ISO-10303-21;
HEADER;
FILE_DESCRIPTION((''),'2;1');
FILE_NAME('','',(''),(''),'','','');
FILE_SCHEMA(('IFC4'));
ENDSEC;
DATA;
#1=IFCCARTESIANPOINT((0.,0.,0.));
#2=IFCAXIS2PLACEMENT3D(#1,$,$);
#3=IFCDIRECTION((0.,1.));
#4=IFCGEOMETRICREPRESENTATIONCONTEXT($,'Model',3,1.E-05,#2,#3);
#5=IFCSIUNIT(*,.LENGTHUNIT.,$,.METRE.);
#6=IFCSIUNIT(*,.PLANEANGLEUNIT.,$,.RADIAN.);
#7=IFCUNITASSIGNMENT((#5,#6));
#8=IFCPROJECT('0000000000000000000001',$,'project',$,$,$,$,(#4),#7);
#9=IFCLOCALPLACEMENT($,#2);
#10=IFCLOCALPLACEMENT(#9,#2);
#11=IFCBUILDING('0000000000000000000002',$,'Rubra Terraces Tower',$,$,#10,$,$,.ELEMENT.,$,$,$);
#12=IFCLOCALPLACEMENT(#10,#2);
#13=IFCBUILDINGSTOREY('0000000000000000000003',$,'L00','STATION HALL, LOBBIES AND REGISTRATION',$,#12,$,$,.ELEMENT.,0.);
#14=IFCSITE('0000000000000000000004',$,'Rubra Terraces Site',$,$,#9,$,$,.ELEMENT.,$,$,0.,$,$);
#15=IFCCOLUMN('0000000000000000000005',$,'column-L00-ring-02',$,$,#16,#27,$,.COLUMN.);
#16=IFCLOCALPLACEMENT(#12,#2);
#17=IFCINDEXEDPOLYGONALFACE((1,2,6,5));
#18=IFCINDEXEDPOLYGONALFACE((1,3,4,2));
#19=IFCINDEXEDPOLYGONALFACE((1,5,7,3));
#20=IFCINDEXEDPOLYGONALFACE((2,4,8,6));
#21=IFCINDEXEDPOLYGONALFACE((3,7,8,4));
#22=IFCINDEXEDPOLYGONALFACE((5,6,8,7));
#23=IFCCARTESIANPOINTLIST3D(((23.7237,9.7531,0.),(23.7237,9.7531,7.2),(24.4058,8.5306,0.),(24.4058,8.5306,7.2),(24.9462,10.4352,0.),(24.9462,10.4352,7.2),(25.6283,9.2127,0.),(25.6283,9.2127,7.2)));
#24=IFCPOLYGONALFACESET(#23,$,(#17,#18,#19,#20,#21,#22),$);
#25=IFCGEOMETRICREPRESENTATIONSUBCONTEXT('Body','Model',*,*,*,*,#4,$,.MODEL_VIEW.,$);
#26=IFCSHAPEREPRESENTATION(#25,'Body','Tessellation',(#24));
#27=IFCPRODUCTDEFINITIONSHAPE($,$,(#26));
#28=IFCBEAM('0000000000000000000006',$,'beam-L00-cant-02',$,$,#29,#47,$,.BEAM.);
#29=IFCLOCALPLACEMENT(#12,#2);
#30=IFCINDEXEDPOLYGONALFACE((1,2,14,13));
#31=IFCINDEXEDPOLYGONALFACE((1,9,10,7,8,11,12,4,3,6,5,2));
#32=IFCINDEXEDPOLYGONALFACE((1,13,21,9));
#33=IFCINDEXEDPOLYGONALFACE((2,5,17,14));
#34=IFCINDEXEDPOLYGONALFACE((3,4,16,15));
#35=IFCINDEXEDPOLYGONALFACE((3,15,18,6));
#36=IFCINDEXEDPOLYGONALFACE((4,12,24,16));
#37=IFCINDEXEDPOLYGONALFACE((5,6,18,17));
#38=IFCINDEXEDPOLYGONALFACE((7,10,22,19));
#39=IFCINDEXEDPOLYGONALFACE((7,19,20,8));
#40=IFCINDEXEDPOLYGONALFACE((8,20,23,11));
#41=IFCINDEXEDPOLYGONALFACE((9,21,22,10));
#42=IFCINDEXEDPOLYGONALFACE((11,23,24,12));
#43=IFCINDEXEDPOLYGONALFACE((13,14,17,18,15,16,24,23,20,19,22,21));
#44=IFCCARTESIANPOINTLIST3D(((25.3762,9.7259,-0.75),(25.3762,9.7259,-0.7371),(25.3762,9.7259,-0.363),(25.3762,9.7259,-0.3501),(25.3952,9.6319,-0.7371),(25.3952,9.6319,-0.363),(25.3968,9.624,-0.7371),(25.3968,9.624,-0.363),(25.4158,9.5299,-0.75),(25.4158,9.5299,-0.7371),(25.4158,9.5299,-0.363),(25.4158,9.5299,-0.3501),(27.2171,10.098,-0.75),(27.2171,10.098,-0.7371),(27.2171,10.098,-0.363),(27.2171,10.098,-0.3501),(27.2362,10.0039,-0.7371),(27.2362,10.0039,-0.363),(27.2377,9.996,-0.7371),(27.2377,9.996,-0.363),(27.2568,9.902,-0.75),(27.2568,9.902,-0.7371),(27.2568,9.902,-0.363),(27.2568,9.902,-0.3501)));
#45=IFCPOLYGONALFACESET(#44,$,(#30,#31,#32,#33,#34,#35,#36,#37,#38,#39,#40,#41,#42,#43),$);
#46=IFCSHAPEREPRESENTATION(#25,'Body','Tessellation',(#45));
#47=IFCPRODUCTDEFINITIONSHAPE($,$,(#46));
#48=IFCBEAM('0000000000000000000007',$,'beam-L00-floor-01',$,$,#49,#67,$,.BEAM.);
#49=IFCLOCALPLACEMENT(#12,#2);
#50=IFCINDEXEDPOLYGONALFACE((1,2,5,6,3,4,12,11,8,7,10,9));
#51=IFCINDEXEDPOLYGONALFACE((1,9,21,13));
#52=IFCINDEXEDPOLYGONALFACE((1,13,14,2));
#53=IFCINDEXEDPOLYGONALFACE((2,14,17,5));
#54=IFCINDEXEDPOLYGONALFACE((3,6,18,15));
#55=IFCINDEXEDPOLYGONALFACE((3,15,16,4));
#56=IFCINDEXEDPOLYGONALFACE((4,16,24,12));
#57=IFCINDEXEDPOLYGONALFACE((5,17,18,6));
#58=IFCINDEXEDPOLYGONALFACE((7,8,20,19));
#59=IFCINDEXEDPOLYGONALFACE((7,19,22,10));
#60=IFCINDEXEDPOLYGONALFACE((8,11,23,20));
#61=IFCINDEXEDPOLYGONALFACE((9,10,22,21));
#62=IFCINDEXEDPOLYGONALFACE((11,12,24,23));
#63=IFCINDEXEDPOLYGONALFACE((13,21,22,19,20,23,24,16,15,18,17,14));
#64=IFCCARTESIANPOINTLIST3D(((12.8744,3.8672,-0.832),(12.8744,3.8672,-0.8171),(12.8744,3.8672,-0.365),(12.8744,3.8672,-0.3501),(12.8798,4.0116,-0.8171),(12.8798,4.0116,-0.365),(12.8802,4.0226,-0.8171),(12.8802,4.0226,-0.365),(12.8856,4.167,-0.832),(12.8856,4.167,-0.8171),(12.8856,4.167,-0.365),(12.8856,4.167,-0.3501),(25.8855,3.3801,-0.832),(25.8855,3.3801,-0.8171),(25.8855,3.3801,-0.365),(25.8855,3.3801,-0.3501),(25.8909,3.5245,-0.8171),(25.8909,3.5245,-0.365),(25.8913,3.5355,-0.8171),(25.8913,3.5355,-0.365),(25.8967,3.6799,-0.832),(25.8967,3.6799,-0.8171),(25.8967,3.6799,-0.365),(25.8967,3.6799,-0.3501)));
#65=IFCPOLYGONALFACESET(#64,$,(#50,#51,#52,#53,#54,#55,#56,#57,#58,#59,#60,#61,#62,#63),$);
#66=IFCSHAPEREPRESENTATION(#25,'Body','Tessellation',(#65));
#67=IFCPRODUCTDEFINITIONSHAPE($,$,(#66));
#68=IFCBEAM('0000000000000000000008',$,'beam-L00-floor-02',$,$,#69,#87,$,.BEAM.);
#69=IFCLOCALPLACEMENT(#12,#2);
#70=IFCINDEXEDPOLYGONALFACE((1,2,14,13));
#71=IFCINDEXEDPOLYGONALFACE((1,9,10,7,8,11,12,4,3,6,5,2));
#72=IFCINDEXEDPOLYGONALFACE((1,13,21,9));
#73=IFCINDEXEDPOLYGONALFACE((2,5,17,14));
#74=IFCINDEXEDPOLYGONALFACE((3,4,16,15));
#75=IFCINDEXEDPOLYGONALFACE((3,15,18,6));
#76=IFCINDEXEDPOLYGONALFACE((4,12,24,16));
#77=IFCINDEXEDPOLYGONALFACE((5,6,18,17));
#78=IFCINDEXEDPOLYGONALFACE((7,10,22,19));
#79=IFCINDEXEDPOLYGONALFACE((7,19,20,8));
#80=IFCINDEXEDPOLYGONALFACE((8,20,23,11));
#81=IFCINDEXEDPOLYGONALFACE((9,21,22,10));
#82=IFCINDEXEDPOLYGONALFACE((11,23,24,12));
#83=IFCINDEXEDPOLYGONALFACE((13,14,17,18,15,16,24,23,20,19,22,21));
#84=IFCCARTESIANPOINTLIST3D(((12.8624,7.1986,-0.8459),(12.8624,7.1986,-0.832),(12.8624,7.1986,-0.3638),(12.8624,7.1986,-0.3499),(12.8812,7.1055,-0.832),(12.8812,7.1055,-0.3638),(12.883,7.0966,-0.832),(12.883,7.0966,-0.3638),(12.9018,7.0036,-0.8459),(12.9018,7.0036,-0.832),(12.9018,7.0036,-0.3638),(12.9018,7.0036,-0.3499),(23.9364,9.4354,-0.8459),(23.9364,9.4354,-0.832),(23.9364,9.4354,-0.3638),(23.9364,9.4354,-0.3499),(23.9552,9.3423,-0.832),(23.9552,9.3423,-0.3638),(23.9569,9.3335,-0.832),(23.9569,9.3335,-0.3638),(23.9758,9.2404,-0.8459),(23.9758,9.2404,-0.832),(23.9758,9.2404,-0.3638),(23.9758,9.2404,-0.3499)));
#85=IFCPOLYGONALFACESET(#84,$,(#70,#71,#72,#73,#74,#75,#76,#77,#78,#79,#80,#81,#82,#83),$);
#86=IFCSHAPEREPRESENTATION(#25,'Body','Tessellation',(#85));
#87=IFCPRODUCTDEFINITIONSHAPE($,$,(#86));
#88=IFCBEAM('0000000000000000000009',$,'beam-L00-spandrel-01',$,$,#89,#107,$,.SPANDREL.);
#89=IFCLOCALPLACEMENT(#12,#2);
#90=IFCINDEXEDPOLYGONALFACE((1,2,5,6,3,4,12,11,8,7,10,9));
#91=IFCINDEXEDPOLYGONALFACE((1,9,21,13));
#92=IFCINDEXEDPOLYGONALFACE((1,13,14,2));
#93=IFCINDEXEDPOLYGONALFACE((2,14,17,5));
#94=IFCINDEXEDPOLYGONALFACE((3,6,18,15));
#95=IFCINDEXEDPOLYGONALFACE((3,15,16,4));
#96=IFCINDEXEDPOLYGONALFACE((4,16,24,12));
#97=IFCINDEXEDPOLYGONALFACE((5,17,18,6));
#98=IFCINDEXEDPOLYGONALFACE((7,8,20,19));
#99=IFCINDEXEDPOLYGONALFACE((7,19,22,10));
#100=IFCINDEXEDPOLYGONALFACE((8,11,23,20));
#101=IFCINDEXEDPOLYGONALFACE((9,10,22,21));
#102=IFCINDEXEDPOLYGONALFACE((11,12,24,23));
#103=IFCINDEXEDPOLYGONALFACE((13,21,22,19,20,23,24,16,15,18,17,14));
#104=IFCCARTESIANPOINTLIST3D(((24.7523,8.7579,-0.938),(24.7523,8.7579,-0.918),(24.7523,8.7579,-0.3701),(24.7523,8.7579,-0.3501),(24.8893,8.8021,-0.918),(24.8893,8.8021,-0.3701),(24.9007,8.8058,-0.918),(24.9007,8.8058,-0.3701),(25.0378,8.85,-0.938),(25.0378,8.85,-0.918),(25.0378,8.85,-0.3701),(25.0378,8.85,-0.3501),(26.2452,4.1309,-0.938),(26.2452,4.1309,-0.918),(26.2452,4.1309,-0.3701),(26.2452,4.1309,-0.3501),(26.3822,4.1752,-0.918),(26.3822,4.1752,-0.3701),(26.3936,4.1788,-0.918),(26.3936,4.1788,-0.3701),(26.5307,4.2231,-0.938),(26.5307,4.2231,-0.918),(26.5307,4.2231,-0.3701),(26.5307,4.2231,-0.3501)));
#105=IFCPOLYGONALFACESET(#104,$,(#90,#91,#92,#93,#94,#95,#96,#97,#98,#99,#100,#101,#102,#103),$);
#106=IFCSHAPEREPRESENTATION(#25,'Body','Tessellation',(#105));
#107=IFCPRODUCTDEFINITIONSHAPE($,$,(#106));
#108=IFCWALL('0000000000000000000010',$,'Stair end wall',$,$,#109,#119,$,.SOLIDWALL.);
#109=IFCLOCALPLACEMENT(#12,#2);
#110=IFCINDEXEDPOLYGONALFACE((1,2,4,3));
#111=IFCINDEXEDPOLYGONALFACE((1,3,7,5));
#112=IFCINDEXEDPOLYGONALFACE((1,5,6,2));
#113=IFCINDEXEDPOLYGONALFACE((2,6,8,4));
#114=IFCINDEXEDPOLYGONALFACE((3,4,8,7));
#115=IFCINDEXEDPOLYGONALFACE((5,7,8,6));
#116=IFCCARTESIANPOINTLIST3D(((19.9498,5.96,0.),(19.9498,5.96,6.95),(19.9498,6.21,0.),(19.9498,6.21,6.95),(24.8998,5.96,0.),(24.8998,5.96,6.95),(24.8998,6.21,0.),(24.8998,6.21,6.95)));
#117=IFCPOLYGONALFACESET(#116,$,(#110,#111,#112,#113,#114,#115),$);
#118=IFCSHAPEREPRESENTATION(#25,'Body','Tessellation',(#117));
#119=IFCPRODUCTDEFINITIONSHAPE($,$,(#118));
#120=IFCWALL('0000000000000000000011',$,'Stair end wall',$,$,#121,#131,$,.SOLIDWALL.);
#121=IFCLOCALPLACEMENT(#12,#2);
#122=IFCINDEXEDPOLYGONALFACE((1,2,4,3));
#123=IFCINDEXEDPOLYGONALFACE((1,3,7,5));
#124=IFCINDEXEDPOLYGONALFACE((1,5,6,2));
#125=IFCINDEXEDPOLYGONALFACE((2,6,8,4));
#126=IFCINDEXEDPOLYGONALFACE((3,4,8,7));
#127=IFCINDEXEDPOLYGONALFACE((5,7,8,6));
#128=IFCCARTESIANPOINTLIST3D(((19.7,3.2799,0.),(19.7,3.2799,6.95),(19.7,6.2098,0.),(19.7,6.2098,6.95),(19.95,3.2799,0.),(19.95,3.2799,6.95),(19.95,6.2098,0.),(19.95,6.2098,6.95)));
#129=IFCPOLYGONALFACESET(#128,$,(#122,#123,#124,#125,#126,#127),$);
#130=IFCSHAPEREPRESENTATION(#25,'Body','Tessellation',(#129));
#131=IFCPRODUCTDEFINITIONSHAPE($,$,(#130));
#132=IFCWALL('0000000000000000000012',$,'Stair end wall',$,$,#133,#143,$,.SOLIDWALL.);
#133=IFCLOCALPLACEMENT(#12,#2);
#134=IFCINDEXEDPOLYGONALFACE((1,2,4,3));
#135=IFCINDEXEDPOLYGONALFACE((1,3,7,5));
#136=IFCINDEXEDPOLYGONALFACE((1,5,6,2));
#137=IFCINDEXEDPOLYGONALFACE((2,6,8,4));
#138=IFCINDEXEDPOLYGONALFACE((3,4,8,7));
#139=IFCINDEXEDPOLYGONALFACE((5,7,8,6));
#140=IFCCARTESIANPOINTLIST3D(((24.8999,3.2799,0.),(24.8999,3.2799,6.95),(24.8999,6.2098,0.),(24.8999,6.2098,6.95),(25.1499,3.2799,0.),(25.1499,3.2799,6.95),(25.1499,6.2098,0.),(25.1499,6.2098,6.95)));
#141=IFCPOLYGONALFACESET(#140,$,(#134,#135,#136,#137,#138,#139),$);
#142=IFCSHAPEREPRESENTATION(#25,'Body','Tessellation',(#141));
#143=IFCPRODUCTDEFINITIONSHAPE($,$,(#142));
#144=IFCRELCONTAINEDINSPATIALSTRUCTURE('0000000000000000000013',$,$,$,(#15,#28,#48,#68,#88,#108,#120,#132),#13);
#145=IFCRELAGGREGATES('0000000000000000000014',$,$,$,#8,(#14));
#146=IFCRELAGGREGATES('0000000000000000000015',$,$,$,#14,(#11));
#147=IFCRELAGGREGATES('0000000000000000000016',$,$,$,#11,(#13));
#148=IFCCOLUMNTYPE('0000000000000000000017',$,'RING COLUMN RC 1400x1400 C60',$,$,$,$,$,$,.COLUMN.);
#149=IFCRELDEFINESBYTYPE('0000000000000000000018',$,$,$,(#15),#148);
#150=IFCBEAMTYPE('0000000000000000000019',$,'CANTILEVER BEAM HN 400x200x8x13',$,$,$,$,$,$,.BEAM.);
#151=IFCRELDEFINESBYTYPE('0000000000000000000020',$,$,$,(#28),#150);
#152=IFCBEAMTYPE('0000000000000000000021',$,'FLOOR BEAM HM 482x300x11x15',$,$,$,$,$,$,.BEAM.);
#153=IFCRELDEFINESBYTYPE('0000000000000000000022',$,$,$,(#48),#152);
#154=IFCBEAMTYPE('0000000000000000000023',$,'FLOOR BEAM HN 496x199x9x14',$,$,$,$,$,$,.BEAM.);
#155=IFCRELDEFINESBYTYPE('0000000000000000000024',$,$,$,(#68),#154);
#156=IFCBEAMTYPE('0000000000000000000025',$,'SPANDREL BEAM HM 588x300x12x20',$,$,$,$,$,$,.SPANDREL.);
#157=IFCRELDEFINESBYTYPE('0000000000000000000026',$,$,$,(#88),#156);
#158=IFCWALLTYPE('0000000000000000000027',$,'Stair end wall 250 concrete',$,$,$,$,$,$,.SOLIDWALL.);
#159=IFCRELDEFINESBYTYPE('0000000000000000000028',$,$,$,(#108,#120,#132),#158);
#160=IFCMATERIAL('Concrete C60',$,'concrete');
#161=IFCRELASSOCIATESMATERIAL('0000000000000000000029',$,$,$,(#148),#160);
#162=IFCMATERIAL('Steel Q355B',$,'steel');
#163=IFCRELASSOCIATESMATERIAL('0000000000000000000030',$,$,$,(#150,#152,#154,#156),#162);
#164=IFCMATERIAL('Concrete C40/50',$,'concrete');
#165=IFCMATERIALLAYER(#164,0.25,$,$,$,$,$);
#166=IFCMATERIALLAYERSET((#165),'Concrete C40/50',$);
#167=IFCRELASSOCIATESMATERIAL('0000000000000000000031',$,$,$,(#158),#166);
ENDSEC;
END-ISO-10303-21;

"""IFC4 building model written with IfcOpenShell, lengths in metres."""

from ifc_helpers import new_model, si_unit, direction, frame, frame_2d, origin, origin_2d, place, context, subcontext, project, spatial, rectangle, i_section, extrude, material, layer, layer_set, material_profile, profile_set, type_object, element, save


model = new_model("IFC4")

# Units and contexts
model_context = context("Model", 3, precision=1e-05, world=origin(), true_north=direction((0.0, 1.0)))
body_context = subcontext(model_context, "Body", "Model", "MODEL_VIEW")
ifc_project = project(units=[si_unit("LENGTHUNIT", "METRE"), si_unit("PLANEANGLEUNIT", "RADIAN")], contexts=[model_context])

# Site, building, storey
site_placement = place(None, origin())
site = spatial("IfcSite", under=ifc_project, at=site_placement, Name="Rubra Terraces Site", CompositionType="ELEMENT", RefElevation=0.0)
building_placement = place(site_placement, origin())
building = spatial("IfcBuilding", under=site, at=building_placement, Name="Rubra Terraces Tower", CompositionType="ELEMENT")
storey_placement = place(building_placement, origin())
storey = spatial("IfcBuildingStorey", under=building, at=storey_placement, Name="L00", Description="STATION HALL, LOBBIES AND REGISTRATION", CompositionType="ELEMENT", Elevation=0.0)

# Column
ifc_material_1 = material(Name="Concrete C60", Category="concrete")
ifc_material_profile_1 = material_profile(ifc_material_1, rectangle(XDim=1.3999, YDim=1.3999, at=origin_2d()), Name="RC 1400x1400")
ifc_profile_set_1 = profile_set([ifc_material_profile_1], Name="Concrete C60")
column_type = type_object("IfcColumnType", Name="RING COLUMN RC 1400x1400 C60", PredefinedType="COLUMN", material=ifc_profile_set_1)
column_placement = place(storey_placement, frame((24.676, 9.4829, 0.0), z_axis=(0.0, 0.0, 1.0), x_axis=(-0.487227, 0.873276, 0.0)))
element("IfcColumn", 1, at=column_placement, inside=storey, type_object=column_type, Name="column-L00-ring-02", PredefinedType="COLUMN", context=body_context, shape_type="SweptSolid", body=[
    extrude(rectangle(XDim=1.3999, YDim=1.3999, at=origin_2d()), origin(), (0.0, 0.0, 1.0), 7.2),
])

# Beams
ifc_material_2 = material(Name="Steel Q355B", Category="steel")
ifc_material_profile_2 = material_profile(ifc_material_2, i_section(OverallWidth=0.2, OverallDepth=0.3999, WebThickness=0.0081, FlangeThickness=0.0129, at=origin_2d()), Name="HN 400x200x8x13")
ifc_profile_set_2 = profile_set([ifc_material_profile_2], Name="Steel Q355B")
beam_type_1 = type_object("IfcBeamType", Name="CANTILEVER BEAM HN 400x200x8x13", PredefinedType="BEAM", material=ifc_profile_set_2)
beam_1_placement = place(storey_placement, frame((25.396, 9.6279, -0.55), z_axis=(0.980184, 0.19809, 0.0), x_axis=(-0.19809, 0.980184, 0.0)))
element("IfcBeam", 2, at=beam_1_placement, inside=storey, type_object=beam_type_1, Name="beam-L00-cant-02", PredefinedType="BEAM", context=body_context, shape_type="SweptSolid", body=[
    extrude(i_section(OverallWidth=0.2, OverallDepth=0.3999, WebThickness=0.0081, FlangeThickness=0.0129, at=origin_2d()), origin(), (0.0, 0.0, 1.0), 1.8782),
])
ifc_material_profile_3 = material_profile(ifc_material_2, i_section(OverallWidth=0.3, OverallDepth=0.4819, WebThickness=0.011, FlangeThickness=0.0149, at=origin_2d()), Name="HM 482x300x11x15")
ifc_profile_set_3 = profile_set([ifc_material_profile_3], Name="Steel Q355B")
beam_type_2 = type_object("IfcBeamType", Name="FLOOR BEAM HM 482x300x11x15", PredefinedType="BEAM", material=ifc_profile_set_3)
beam_2_placement = place(storey_placement, frame((25.8911, 3.53, -0.5911), z_axis=(-0.9993, 0.037408, 0.0), x_axis=(-0.037408, -0.9993, 0.0)))
element("IfcBeam", 3, at=beam_2_placement, inside=storey, type_object=beam_type_2, Name="beam-L00-floor-01", PredefinedType="BEAM", context=body_context, shape_type="SweptSolid", body=[
    extrude(i_section(OverallWidth=0.3, OverallDepth=0.4819, WebThickness=0.011, FlangeThickness=0.0149, at=origin_2d()), origin(), (0.0, 0.0, 1.0), 13.0203),
])
ifc_material_profile_4 = material_profile(ifc_material_2, i_section(OverallWidth=0.199, OverallDepth=0.4961, WebThickness=0.009, FlangeThickness=0.0139, at=origin_2d()), Name="HN 496x199x9x14")
ifc_profile_set_4 = profile_set([ifc_material_profile_4], Name="Steel Q355B")
beam_type_3 = type_object("IfcBeamType", Name="FLOOR BEAM HN 496x199x9x14", PredefinedType="BEAM", material=ifc_profile_set_4)
beam_3_placement = place(storey_placement, frame((23.9561, 9.3379, -0.5979), z_axis=(-0.980204, -0.19799, 0.0), x_axis=(0.19799, -0.980204, 0.0)))
element("IfcBeam", 4, at=beam_3_placement, inside=storey, type_object=beam_type_3, Name="beam-L00-floor-02", PredefinedType="BEAM", context=body_context, shape_type="SweptSolid", body=[
    extrude(i_section(OverallWidth=0.199, OverallDepth=0.4961, WebThickness=0.009, FlangeThickness=0.0139, at=origin_2d()), origin(), (0.0, 0.0, 1.0), 11.2976),
])
ifc_material_profile_5 = material_profile(ifc_material_2, i_section(OverallWidth=0.3, OverallDepth=0.5879, WebThickness=0.012, FlangeThickness=0.02, at=origin_2d()), Name="HM 588x300x12x20")
ifc_profile_set_5 = profile_set([ifc_material_profile_5], Name="Steel Q355B")
beam_type_4 = type_object("IfcBeamType", Name="SPANDREL BEAM HM 588x300x12x20", PredefinedType="SPANDREL", material=ifc_profile_set_5)
beam_4_placement = place(storey_placement, frame((26.3879, 4.177, -0.644), z_axis=(-0.307069, 0.951687, 0.0), x_axis=(-0.951687, -0.307069, 0.0)))
element("IfcBeam", 5, at=beam_4_placement, inside=storey, type_object=beam_type_4, Name="beam-L00-spandrel-01", PredefinedType="SPANDREL", context=body_context, shape_type="SweptSolid", body=[
    extrude(i_section(OverallWidth=0.3, OverallDepth=0.5879, WebThickness=0.012, FlangeThickness=0.02, at=origin_2d()), origin(), (0.0, 0.0, 1.0), 4.8618),
])

# Walls
ifc_material_3 = material(Name="Concrete C40/50", Category="concrete")
ifc_layer = layer(ifc_material_3, 0.25)
ifc_layer_set = layer_set([ifc_layer], Name="Concrete C40/50")
wall_type = type_object("IfcWallType", Name="Stair end wall 250 concrete", PredefinedType="SOLIDWALL", material=ifc_layer_set)
wall_placement = place(storey_placement, frame((24.8999, 6.085, 0.0), z_axis=(0.0, 0.0, 1.0), x_axis=(-1.0, 0.0, 0.0)))
element("IfcWall", 6, at=wall_placement, inside=storey, type_object=wall_type, Name="Stair end wall", PredefinedType="SOLIDWALL", context=body_context, shape_type="SweptSolid", body=[
    extrude(rectangle(XDim=4.95, YDim=0.25, at=frame_2d((2.4751, 0.0))), origin(), (0.0, 0.0, 1.0), 6.95),
])
for number, where, z_axis, x_axis, name in (
    (7, (19.825, 3.28, 0.0), (0.0, 0.0, 1.0), (0.0, 1.0, 0.0), "Stair end wall"),
    (8, (25.0249, 3.28, 0.0), (0.0, 0.0, 1.0), (0.0, 1.0, 0.0), "Stair end wall"),
):
    element("IfcWall", number, at=place(storey_placement, frame(where, z_axis=z_axis, x_axis=x_axis)), inside=storey, type_object=wall_type, Name=name, PredefinedType="SOLIDWALL", context=body_context, shape_type="SweptSolid", body=[
        extrude(rectangle(XDim=2.9299, YDim=0.25, at=frame_2d((1.4648, 0.0))), origin(), (0.0, 0.0, 1.0), 6.95),
    ])

save(model, "model.ifc")
